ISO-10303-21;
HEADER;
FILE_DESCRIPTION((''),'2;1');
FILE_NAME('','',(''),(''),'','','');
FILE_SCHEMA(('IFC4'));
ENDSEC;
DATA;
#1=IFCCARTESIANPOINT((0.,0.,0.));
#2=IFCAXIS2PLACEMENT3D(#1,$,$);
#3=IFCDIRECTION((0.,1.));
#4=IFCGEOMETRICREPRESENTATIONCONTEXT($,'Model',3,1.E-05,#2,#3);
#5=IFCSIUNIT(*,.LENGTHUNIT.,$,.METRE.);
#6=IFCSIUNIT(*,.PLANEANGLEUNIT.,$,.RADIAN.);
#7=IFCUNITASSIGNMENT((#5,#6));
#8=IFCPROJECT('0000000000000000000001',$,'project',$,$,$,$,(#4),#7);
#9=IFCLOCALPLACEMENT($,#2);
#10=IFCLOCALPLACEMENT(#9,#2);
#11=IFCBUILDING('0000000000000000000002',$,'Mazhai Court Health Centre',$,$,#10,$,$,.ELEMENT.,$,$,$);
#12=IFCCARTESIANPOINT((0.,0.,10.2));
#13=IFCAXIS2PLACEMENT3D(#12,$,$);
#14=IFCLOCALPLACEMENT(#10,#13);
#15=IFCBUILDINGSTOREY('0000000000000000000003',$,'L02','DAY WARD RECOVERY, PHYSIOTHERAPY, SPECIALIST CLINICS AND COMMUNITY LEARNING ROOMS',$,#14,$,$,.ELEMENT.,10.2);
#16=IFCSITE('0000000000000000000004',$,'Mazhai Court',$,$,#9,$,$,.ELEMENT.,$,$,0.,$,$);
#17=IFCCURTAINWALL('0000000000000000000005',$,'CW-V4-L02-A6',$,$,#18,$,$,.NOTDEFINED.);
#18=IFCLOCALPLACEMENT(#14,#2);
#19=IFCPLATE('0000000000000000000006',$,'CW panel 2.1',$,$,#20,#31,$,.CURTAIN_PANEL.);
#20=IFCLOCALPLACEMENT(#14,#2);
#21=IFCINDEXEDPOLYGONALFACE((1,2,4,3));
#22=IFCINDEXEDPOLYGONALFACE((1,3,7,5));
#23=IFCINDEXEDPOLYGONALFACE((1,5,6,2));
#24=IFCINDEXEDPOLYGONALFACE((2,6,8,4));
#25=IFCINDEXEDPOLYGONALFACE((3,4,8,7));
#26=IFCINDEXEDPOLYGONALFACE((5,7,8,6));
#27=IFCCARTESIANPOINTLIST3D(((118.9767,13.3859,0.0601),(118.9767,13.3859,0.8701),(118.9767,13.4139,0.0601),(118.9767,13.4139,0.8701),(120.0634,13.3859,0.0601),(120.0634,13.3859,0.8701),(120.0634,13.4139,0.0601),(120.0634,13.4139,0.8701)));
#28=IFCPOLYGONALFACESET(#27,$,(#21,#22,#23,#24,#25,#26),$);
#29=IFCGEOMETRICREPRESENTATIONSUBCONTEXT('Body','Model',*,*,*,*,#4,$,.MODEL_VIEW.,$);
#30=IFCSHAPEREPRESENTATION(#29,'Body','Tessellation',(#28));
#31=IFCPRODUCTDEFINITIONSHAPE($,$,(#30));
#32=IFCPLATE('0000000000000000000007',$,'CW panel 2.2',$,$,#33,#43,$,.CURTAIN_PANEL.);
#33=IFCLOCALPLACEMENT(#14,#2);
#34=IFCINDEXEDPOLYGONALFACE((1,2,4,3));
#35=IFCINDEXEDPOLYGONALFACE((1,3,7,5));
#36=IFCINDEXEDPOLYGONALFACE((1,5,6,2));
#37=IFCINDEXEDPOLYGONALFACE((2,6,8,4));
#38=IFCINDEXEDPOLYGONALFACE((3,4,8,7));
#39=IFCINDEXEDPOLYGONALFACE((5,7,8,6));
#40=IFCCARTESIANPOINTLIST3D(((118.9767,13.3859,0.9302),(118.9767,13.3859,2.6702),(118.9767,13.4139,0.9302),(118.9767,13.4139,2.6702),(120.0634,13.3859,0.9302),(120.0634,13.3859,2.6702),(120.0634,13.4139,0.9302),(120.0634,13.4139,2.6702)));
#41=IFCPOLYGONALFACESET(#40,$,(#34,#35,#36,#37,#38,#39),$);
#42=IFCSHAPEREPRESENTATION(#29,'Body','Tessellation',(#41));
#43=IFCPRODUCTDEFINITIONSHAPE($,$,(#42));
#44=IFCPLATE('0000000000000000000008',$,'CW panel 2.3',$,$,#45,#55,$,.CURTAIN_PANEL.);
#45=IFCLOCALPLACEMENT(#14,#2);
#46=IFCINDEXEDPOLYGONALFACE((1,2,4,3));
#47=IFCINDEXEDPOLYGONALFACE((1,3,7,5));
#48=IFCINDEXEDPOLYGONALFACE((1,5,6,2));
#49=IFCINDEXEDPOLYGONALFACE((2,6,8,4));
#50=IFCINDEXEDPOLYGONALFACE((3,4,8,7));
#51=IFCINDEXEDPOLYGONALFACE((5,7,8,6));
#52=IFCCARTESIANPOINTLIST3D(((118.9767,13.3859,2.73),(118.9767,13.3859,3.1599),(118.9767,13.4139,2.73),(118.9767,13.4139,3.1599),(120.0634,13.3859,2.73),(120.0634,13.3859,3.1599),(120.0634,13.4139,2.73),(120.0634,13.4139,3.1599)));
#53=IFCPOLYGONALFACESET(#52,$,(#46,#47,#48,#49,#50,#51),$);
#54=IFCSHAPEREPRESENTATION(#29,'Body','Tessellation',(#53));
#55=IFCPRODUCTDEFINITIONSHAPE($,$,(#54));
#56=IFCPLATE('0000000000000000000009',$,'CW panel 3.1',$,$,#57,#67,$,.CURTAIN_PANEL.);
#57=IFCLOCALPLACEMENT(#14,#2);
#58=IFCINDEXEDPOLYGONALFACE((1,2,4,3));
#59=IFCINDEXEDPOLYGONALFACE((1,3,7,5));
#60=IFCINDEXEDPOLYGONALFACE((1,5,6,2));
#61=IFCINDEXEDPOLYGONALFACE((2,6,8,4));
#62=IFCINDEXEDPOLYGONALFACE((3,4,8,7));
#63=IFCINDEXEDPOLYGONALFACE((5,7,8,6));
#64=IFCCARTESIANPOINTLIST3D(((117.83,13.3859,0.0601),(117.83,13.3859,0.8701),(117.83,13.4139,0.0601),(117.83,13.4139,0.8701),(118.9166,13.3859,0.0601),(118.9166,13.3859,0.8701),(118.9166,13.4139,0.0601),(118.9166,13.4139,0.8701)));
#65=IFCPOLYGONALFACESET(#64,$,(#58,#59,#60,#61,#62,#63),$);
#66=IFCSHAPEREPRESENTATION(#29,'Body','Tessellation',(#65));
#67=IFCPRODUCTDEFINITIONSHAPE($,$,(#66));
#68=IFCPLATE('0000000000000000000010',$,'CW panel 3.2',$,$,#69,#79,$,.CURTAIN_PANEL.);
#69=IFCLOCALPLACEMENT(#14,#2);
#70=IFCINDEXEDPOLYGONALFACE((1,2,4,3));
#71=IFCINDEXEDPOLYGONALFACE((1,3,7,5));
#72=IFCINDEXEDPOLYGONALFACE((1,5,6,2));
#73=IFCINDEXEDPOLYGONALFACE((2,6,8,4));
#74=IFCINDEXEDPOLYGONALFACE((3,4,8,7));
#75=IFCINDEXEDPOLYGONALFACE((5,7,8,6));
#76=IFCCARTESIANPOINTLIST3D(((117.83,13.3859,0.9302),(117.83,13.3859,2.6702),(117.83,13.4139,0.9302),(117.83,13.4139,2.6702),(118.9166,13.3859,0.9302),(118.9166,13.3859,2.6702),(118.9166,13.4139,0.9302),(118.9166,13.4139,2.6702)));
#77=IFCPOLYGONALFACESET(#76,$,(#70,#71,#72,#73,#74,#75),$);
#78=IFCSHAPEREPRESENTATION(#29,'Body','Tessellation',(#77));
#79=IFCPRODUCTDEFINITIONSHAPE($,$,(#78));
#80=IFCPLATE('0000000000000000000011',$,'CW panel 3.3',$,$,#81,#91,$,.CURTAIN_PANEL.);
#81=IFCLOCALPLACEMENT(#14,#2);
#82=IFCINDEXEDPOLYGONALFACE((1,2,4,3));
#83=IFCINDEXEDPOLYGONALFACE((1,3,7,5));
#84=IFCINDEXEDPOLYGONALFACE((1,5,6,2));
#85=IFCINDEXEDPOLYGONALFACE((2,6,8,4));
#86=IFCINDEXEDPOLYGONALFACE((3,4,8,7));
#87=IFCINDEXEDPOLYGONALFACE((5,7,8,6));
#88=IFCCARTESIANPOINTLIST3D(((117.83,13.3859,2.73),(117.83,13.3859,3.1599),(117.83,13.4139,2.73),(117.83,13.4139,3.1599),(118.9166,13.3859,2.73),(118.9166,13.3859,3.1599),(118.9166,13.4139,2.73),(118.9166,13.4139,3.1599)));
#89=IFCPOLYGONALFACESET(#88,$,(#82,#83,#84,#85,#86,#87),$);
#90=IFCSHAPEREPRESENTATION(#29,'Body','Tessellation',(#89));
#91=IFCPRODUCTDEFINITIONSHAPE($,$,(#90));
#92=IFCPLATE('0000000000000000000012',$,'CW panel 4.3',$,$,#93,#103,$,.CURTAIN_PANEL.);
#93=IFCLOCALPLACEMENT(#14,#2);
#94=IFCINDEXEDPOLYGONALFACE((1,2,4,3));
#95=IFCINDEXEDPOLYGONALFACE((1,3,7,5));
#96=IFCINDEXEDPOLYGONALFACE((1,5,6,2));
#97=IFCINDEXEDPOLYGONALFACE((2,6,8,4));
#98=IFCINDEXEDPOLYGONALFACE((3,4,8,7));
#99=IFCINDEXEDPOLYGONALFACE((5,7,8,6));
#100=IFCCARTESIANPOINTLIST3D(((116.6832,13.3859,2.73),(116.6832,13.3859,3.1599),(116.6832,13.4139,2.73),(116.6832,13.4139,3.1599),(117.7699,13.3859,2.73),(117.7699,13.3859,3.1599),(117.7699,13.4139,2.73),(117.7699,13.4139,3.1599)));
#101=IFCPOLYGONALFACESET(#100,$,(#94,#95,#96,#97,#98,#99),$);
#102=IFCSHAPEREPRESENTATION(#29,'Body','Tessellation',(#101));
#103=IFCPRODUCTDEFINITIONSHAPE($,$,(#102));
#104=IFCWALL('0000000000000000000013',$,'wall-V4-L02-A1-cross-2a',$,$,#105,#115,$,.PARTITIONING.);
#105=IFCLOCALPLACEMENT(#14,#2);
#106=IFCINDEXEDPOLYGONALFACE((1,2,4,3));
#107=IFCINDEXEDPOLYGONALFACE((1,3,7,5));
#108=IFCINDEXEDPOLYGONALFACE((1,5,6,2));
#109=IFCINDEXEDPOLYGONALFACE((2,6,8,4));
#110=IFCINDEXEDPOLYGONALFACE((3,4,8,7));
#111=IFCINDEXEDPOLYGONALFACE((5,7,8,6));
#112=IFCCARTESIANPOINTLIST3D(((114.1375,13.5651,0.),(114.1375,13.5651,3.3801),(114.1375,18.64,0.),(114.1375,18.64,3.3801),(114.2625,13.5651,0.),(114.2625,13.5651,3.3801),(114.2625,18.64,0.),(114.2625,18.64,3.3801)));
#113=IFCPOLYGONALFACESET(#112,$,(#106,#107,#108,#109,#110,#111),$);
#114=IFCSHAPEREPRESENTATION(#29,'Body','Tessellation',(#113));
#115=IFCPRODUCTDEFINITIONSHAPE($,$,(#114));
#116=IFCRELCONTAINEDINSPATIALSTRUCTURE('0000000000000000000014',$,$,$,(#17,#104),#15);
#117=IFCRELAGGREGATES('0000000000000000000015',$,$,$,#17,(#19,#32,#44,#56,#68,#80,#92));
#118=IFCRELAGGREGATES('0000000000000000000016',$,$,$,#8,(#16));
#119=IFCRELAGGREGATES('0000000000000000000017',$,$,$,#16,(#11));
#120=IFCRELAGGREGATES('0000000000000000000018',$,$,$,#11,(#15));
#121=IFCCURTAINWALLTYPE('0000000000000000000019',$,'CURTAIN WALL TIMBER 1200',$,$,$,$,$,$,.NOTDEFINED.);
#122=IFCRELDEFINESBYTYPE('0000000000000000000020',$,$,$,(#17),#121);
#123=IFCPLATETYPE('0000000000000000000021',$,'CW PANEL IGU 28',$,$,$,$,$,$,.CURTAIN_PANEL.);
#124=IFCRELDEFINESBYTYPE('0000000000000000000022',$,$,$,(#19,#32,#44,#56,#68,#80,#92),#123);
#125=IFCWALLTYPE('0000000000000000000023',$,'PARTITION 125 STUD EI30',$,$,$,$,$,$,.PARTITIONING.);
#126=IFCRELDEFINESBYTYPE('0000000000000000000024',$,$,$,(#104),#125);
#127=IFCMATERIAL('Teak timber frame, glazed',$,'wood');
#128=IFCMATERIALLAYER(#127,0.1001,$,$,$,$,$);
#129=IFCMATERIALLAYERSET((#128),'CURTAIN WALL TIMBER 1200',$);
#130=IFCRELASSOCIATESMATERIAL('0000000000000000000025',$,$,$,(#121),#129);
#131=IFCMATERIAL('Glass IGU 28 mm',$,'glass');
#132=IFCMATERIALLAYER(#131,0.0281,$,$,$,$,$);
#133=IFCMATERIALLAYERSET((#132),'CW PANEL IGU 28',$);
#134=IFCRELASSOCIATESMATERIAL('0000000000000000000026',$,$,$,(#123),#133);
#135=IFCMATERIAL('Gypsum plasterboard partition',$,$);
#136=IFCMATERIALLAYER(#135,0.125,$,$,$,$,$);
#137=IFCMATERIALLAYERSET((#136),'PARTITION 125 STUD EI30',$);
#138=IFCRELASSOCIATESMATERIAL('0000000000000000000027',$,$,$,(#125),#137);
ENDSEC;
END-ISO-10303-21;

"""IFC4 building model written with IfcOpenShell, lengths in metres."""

from ifc_helpers import new_model, si_unit, direction, frame, frame_2d, origin, origin_2d, place, context, subcontext, project, spatial, rectangle, extrude, material, layer, layer_set, type_object, element, aggregate, save


model = new_model("IFC4")

# Units and contexts
model_context = context("Model", 3, precision=1e-05, world=origin(), true_north=direction((0.0, 1.0)))
body_context = subcontext(model_context, "Body", "Model", "MODEL_VIEW")
ifc_project = project(units=[si_unit("LENGTHUNIT", "METRE"), si_unit("PLANEANGLEUNIT", "RADIAN")], contexts=[model_context])

# Site, building, storey
site_placement = place(None, origin())
site = spatial("IfcSite", under=ifc_project, at=site_placement, Name="Mazhai Court", CompositionType="ELEMENT", RefElevation=0.0)
building_placement = place(site_placement, origin())
building = spatial("IfcBuilding", under=site, at=building_placement, Name="Mazhai Court Health Centre", CompositionType="ELEMENT")
storey_placement = place(building_placement, frame((0.0, 0.0, 10.2)))
storey = spatial("IfcBuildingStorey", under=building, at=storey_placement, Name="L02", Description="DAY WARD RECOVERY, PHYSIOTHERAPY, SPECIALIST CLINICS AND COMMUNITY LEARNING ROOMS", CompositionType="ELEMENT", Elevation=10.2)

# Curtain wall
ifc_material_1 = material(Name="Teak timber frame, glazed", Category="wood")
ifc_layer_1 = layer(ifc_material_1, 0.1001)
ifc_layer_set_1 = layer_set([ifc_layer_1], Name="CURTAIN WALL TIMBER 1200")
curtain_wall_type = type_object("IfcCurtainWallType", Name="CURTAIN WALL TIMBER 1200", PredefinedType="NOTDEFINED", material=ifc_layer_set_1)
curtain_wall_placement = place(storey_placement, origin())
curtain_wall = element("IfcCurtainWall", 1, at=curtain_wall_placement, inside=storey, type_object=curtain_wall_type, Name="CW-V4-L02-A6", PredefinedType="NOTDEFINED")

# Plates
ifc_material_2 = material(Name="Glass IGU 28 mm", Category="glass")
ifc_layer_2 = layer(ifc_material_2, 0.0281)
ifc_layer_set_2 = layer_set([ifc_layer_2], Name="CW PANEL IGU 28")
plate_type = type_object("IfcPlateType", Name="CW PANEL IGU 28", PredefinedType="CURTAIN_PANEL", material=ifc_layer_set_2)
plate_1_placement = place(storey_placement, frame((119.52, 13.3999, 0.0601), z_axis=(0.0, 0.0, 1.0), x_axis=(-1.0, 0.0, 0.0)))
plate_1 = element("IfcPlate", 2, at=plate_1_placement, type_object=plate_type, Name="CW panel 2.1", PredefinedType="CURTAIN_PANEL", context=body_context, shape_type="SweptSolid", body=[
    extrude(rectangle(XDim=1.0867, YDim=0.0281, at=origin_2d()), origin(), (0.0, 0.0, 1.0), 0.8101),
])
plate_2_placement = place(storey_placement, frame((119.52, 13.3999, 0.9302), z_axis=(0.0, 0.0, 1.0), x_axis=(-1.0, 0.0, 0.0)))
plate_2 = element("IfcPlate", 3, at=plate_2_placement, type_object=plate_type, Name="CW panel 2.2", PredefinedType="CURTAIN_PANEL", context=body_context, shape_type="SweptSolid", body=[
    extrude(rectangle(XDim=1.0867, YDim=0.0281, at=origin_2d()), origin(), (0.0, 0.0, 1.0), 1.74),
])
plate_3_placement = place(storey_placement, frame((119.52, 13.3999, 2.73), z_axis=(0.0, 0.0, 1.0), x_axis=(-1.0, 0.0, 0.0)))
plate_3 = element("IfcPlate", 4, at=plate_3_placement, type_object=plate_type, Name="CW panel 2.3", PredefinedType="CURTAIN_PANEL", context=body_context, shape_type="SweptSolid", body=[
    extrude(rectangle(XDim=1.0867, YDim=0.0281, at=origin_2d()), origin(), (0.0, 0.0, 1.0), 0.4299),
])
plate_4_placement = place(storey_placement, frame((118.3733, 13.3999, 0.0601), z_axis=(0.0, 0.0, 1.0), x_axis=(-1.0, 0.0, 0.0)))
plate_4 = element("IfcPlate", 5, at=plate_4_placement, type_object=plate_type, Name="CW panel 3.1", PredefinedType="CURTAIN_PANEL", context=body_context, shape_type="SweptSolid", body=[
    extrude(rectangle(XDim=1.0867, YDim=0.0281, at=origin_2d()), origin(), (0.0, 0.0, 1.0), 0.8101),
])
plate_5_placement = place(storey_placement, frame((118.3733, 13.3999, 0.9302), z_axis=(0.0, 0.0, 1.0), x_axis=(-1.0, 0.0, 0.0)))
plate_5 = element("IfcPlate", 6, at=plate_5_placement, type_object=plate_type, Name="CW panel 3.2", PredefinedType="CURTAIN_PANEL", context=body_context, shape_type="SweptSolid", body=[
    extrude(rectangle(XDim=1.0867, YDim=0.0281, at=origin_2d()), origin(), (0.0, 0.0, 1.0), 1.74),
])
plate_6_placement = place(storey_placement, frame((118.3733, 13.3999, 2.73), z_axis=(0.0, 0.0, 1.0), x_axis=(-1.0, 0.0, 0.0)))
plate_6 = element("IfcPlate", 7, at=plate_6_placement, type_object=plate_type, Name="CW panel 3.3", PredefinedType="CURTAIN_PANEL", context=body_context, shape_type="SweptSolid", body=[
    extrude(rectangle(XDim=1.0867, YDim=0.0281, at=origin_2d()), origin(), (0.0, 0.0, 1.0), 0.4299),
])
plate_7_placement = place(storey_placement, frame((117.2266, 13.3999, 2.73), z_axis=(0.0, 0.0, 1.0), x_axis=(-1.0, 0.0, 0.0)))
plate_7 = element("IfcPlate", 8, at=plate_7_placement, type_object=plate_type, Name="CW panel 4.3", PredefinedType="CURTAIN_PANEL", context=body_context, shape_type="SweptSolid", body=[
    extrude(rectangle(XDim=1.0867, YDim=0.0281, at=origin_2d()), origin(), (0.0, 0.0, 1.0), 0.4299),
])
aggregate(curtain_wall, [plate_1, plate_2, plate_3, plate_4, plate_5, plate_6, plate_7])

# Wall
ifc_material_3 = material(Name="Gypsum plasterboard partition")
ifc_layer_3 = layer(ifc_material_3, 0.125)
ifc_layer_set_3 = layer_set([ifc_layer_3], Name="PARTITION 125 STUD EI30")
wall_type = type_object("IfcWallType", Name="PARTITION 125 STUD EI30", PredefinedType="PARTITIONING", material=ifc_layer_set_3)
wall_placement = place(storey_placement, frame((114.2, 13.5649, 0.0), z_axis=(0.0, 0.0, 1.0), x_axis=(0.0, 1.0, 0.0)))
element("IfcWall", 9, at=wall_placement, inside=storey, type_object=wall_type, Name="wall-V4-L02-A1-cross-2a", PredefinedType="PARTITIONING", context=body_context, shape_type="SweptSolid", body=[
    extrude(rectangle(XDim=5.075, YDim=0.125, at=frame_2d((2.5376, 0.0))), origin(), (0.0, 0.0, 1.0), 3.3801),
])

save(model, "model.ifc")
